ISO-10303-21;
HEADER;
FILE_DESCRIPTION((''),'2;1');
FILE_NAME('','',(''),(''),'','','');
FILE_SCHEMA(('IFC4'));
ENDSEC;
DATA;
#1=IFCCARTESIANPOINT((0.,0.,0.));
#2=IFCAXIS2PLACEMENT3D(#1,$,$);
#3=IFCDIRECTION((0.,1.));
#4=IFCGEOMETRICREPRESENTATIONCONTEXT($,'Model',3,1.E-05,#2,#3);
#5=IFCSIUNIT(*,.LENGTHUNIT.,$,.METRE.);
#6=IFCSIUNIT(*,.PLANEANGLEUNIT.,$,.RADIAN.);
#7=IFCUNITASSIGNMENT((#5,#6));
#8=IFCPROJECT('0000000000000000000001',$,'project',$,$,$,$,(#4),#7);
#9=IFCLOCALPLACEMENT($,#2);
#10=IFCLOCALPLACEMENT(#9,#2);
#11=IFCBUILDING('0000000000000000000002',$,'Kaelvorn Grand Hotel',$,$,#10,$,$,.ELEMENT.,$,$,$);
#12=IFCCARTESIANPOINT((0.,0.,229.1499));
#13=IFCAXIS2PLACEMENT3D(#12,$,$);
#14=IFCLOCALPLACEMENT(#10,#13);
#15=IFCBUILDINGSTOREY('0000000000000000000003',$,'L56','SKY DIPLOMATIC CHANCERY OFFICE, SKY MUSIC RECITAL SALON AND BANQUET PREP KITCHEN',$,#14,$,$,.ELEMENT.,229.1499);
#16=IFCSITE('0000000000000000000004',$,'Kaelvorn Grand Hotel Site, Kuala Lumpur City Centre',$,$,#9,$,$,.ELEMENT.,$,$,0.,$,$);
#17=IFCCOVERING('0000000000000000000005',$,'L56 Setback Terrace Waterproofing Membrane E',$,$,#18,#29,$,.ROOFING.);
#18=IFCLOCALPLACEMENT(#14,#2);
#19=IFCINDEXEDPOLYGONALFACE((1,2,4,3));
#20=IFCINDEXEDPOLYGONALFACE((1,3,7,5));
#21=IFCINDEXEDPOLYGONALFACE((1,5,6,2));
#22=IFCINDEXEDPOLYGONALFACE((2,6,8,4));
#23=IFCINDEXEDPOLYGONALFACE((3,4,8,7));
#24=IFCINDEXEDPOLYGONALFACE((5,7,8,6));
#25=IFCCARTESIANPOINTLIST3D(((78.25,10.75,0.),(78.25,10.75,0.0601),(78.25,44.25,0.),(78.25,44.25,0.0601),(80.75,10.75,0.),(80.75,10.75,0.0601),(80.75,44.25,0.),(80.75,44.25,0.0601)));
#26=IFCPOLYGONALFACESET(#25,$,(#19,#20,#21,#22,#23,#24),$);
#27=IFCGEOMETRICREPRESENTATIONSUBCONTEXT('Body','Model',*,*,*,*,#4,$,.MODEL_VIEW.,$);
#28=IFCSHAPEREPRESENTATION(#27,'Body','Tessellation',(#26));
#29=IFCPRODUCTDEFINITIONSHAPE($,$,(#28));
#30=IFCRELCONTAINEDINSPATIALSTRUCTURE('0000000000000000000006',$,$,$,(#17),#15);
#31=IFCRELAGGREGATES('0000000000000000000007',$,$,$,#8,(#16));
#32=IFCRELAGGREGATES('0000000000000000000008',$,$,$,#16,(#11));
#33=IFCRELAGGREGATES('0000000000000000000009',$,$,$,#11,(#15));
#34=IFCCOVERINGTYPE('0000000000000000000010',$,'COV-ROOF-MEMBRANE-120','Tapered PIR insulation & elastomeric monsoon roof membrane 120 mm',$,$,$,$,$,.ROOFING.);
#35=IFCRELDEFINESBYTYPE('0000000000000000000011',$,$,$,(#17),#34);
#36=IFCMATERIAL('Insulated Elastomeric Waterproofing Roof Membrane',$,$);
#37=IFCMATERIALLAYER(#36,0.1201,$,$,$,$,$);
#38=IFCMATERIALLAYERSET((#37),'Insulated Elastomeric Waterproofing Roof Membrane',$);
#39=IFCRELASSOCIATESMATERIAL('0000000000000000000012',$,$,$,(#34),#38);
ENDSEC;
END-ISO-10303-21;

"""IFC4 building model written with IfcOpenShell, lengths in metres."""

from ifc_helpers import new_model, si_unit, direction, frame, origin, place, context, subcontext, project, spatial, polyline, outline, extrude, material, layer, layer_set, type_object, element, save


model = new_model("IFC4")

# Units and contexts
model_context = context("Model", 3, precision=1e-05, world=origin(), true_north=direction((0.0, 1.0)))
body_context = subcontext(model_context, "Body", "Model", "MODEL_VIEW")
ifc_project = project(units=[si_unit("LENGTHUNIT", "METRE"), si_unit("PLANEANGLEUNIT", "RADIAN")], contexts=[model_context])

# Site, building, storey
site_placement = place(None, origin())
site = spatial("IfcSite", under=ifc_project, at=site_placement, Name="Kaelvorn Grand Hotel Site, Kuala Lumpur City Centre", CompositionType="ELEMENT", RefElevation=0.0)
building_placement = place(site_placement, origin())
building = spatial("IfcBuilding", under=site, at=building_placement, Name="Kaelvorn Grand Hotel", CompositionType="ELEMENT")
storey_placement = place(building_placement, frame((0.0, 0.0, 229.1499)))
storey = spatial("IfcBuildingStorey", under=building, at=storey_placement, Name="L56", Description="SKY DIPLOMATIC CHANCERY OFFICE, SKY MUSIC RECITAL SALON AND BANQUET PREP KITCHEN", CompositionType="ELEMENT", Elevation=229.1499)

# Covering
ifc_material_1 = material(Name="Insulated Elastomeric Waterproofing Roof Membrane")
ifc_layer_1 = layer(ifc_material_1, 0.1201)
ifc_layer_set_1 = layer_set([ifc_layer_1], Name="Insulated Elastomeric Waterproofing Roof Membrane")
covering_type_1 = type_object("IfcCoveringType", Name="COV-ROOF-MEMBRANE-120", Description="Tapered PIR insulation & elastomeric monsoon roof membrane 120 mm", PredefinedType="ROOFING", material=ifc_layer_set_1)
covering_1_placement = place(storey_placement, origin())
element("IfcCovering", 1, at=covering_1_placement, inside=storey, type_object=covering_type_1, Name="L56 Setback Terrace Waterproofing Membrane E", PredefinedType="ROOFING", context=body_context, shape_type="SweptSolid", body=[
    extrude(outline(polyline([(78.25, 10.75), (80.75, 10.75), (80.75, 44.25), (78.25, 44.25), (78.25, 10.75)])), origin(), (0.0, 0.0, 1.0), 0.0601),
])

save(model, "model.ifc")
